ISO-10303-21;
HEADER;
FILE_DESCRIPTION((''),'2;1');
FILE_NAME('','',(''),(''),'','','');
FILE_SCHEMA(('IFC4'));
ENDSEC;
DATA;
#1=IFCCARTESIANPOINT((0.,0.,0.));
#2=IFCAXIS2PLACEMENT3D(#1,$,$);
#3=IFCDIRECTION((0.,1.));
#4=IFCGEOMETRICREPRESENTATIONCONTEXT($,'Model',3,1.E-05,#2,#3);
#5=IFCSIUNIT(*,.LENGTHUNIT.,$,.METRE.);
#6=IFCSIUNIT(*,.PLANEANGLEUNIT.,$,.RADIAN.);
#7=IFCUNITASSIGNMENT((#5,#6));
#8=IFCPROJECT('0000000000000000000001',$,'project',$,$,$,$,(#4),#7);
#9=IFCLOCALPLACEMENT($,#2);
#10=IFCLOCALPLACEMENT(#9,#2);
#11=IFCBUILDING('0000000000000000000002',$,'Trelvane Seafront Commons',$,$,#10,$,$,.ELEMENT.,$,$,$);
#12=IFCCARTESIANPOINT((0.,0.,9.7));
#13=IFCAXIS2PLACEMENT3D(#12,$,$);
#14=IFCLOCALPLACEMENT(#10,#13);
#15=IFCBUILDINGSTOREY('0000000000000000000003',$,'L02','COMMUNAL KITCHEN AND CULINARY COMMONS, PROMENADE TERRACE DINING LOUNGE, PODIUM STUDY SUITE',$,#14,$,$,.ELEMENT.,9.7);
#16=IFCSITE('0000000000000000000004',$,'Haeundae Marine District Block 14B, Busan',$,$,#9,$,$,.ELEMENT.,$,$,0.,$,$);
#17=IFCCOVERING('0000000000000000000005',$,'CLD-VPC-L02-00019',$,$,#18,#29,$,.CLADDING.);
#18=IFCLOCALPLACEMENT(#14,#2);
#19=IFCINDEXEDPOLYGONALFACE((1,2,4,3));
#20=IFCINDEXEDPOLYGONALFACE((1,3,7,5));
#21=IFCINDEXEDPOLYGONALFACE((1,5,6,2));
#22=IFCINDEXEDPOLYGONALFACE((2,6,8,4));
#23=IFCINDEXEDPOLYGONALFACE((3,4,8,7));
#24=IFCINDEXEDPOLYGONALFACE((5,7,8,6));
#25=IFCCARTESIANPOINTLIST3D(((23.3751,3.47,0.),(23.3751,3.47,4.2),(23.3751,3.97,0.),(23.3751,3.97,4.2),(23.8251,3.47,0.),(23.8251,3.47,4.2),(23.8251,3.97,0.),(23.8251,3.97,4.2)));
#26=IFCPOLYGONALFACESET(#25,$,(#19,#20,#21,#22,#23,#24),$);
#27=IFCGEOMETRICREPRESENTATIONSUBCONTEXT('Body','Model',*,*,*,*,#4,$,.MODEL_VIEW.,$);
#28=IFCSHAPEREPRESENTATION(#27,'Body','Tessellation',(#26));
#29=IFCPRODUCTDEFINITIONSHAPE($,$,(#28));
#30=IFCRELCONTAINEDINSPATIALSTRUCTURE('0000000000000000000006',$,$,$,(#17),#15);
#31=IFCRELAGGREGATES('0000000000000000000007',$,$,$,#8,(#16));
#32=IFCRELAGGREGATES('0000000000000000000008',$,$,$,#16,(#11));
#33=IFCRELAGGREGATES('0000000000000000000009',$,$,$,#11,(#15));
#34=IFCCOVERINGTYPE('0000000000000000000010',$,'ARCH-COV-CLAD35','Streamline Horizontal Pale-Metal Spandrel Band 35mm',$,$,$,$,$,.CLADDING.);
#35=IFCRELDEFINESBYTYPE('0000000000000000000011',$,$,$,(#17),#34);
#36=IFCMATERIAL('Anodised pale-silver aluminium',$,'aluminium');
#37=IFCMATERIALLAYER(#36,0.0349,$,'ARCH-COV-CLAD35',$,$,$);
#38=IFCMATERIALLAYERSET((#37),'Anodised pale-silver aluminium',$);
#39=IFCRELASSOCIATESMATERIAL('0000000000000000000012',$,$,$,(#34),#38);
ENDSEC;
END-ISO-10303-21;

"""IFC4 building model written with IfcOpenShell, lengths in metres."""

from ifc_helpers import new_model, si_unit, direction, frame, origin, origin_2d, place, context, subcontext, project, spatial, rectangle, extrude, source, transform, mapped, material, layer, layer_set, type_object, element, save


model = new_model("IFC4")

# Units and contexts
model_context = context("Model", 3, precision=1e-05, world=origin(), true_north=direction((0.0, 1.0)))
body_context = subcontext(model_context, "Body", "Model", "MODEL_VIEW")
ifc_project = project(units=[si_unit("LENGTHUNIT", "METRE"), si_unit("PLANEANGLEUNIT", "RADIAN")], contexts=[model_context])

# Site, building, storey
site_placement = place(None, origin())
site = spatial("IfcSite", under=ifc_project, at=site_placement, Name="Haeundae Marine District Block 14B, Busan", CompositionType="ELEMENT", RefElevation=0.0)
building_placement = place(site_placement, origin())
building = spatial("IfcBuilding", under=site, at=building_placement, Name="Trelvane Seafront Commons", CompositionType="ELEMENT")
storey_placement = place(building_placement, frame((0.0, 0.0, 9.7)))
storey = spatial("IfcBuildingStorey", under=building, at=storey_placement, Name="L02", Description="COMMUNAL KITCHEN AND CULINARY COMMONS, PROMENADE TERRACE DINING LOUNGE, PODIUM STUDY SUITE", CompositionType="ELEMENT", Elevation=9.7)

# Covering
ifc_material_1 = material(Name="Anodised pale-silver aluminium", Category="aluminium")
ifc_layer_1 = layer(ifc_material_1, 0.0349, Name="ARCH-COV-CLAD35")
ifc_layer_set_1 = layer_set([ifc_layer_1], Name="Anodised pale-silver aluminium")
covering_type = type_object("IfcCoveringType", Name="ARCH-COV-CLAD35", Description="Streamline Horizontal Pale-Metal Spandrel Band 35mm", PredefinedType="CLADDING", material=ifc_layer_set_1)
shared_shape_1 = source(origin(), body_context, "Body", "SweptSolid", [
    extrude(rectangle(XDim=0.45, YDim=0.5, at=origin_2d()), origin(), (0.0, 0.0, 1.0), 4.2),
])
covering_placement = place(storey_placement, frame((23.6001, 3.72, 0.0), z_axis=(0.0, 0.0, 1.0), x_axis=(1.0, 0.0, 0.0)))
element("IfcCovering", 1, at=covering_placement, inside=storey, type_object=covering_type, Name="CLD-VPC-L02-00019", PredefinedType="CLADDING", context=body_context, shape_type="MappedRepresentation", body=[
    mapped(shared_shape_1, transform((0.0, 0.0, 0.0), x_axis=(1.0, 0.0, 0.0), y_axis=(0.0, 1.0, 0.0), z_axis=(0.0, 0.0, 1.0), scale=1.0)),
])

save(model, "model.ifc")
